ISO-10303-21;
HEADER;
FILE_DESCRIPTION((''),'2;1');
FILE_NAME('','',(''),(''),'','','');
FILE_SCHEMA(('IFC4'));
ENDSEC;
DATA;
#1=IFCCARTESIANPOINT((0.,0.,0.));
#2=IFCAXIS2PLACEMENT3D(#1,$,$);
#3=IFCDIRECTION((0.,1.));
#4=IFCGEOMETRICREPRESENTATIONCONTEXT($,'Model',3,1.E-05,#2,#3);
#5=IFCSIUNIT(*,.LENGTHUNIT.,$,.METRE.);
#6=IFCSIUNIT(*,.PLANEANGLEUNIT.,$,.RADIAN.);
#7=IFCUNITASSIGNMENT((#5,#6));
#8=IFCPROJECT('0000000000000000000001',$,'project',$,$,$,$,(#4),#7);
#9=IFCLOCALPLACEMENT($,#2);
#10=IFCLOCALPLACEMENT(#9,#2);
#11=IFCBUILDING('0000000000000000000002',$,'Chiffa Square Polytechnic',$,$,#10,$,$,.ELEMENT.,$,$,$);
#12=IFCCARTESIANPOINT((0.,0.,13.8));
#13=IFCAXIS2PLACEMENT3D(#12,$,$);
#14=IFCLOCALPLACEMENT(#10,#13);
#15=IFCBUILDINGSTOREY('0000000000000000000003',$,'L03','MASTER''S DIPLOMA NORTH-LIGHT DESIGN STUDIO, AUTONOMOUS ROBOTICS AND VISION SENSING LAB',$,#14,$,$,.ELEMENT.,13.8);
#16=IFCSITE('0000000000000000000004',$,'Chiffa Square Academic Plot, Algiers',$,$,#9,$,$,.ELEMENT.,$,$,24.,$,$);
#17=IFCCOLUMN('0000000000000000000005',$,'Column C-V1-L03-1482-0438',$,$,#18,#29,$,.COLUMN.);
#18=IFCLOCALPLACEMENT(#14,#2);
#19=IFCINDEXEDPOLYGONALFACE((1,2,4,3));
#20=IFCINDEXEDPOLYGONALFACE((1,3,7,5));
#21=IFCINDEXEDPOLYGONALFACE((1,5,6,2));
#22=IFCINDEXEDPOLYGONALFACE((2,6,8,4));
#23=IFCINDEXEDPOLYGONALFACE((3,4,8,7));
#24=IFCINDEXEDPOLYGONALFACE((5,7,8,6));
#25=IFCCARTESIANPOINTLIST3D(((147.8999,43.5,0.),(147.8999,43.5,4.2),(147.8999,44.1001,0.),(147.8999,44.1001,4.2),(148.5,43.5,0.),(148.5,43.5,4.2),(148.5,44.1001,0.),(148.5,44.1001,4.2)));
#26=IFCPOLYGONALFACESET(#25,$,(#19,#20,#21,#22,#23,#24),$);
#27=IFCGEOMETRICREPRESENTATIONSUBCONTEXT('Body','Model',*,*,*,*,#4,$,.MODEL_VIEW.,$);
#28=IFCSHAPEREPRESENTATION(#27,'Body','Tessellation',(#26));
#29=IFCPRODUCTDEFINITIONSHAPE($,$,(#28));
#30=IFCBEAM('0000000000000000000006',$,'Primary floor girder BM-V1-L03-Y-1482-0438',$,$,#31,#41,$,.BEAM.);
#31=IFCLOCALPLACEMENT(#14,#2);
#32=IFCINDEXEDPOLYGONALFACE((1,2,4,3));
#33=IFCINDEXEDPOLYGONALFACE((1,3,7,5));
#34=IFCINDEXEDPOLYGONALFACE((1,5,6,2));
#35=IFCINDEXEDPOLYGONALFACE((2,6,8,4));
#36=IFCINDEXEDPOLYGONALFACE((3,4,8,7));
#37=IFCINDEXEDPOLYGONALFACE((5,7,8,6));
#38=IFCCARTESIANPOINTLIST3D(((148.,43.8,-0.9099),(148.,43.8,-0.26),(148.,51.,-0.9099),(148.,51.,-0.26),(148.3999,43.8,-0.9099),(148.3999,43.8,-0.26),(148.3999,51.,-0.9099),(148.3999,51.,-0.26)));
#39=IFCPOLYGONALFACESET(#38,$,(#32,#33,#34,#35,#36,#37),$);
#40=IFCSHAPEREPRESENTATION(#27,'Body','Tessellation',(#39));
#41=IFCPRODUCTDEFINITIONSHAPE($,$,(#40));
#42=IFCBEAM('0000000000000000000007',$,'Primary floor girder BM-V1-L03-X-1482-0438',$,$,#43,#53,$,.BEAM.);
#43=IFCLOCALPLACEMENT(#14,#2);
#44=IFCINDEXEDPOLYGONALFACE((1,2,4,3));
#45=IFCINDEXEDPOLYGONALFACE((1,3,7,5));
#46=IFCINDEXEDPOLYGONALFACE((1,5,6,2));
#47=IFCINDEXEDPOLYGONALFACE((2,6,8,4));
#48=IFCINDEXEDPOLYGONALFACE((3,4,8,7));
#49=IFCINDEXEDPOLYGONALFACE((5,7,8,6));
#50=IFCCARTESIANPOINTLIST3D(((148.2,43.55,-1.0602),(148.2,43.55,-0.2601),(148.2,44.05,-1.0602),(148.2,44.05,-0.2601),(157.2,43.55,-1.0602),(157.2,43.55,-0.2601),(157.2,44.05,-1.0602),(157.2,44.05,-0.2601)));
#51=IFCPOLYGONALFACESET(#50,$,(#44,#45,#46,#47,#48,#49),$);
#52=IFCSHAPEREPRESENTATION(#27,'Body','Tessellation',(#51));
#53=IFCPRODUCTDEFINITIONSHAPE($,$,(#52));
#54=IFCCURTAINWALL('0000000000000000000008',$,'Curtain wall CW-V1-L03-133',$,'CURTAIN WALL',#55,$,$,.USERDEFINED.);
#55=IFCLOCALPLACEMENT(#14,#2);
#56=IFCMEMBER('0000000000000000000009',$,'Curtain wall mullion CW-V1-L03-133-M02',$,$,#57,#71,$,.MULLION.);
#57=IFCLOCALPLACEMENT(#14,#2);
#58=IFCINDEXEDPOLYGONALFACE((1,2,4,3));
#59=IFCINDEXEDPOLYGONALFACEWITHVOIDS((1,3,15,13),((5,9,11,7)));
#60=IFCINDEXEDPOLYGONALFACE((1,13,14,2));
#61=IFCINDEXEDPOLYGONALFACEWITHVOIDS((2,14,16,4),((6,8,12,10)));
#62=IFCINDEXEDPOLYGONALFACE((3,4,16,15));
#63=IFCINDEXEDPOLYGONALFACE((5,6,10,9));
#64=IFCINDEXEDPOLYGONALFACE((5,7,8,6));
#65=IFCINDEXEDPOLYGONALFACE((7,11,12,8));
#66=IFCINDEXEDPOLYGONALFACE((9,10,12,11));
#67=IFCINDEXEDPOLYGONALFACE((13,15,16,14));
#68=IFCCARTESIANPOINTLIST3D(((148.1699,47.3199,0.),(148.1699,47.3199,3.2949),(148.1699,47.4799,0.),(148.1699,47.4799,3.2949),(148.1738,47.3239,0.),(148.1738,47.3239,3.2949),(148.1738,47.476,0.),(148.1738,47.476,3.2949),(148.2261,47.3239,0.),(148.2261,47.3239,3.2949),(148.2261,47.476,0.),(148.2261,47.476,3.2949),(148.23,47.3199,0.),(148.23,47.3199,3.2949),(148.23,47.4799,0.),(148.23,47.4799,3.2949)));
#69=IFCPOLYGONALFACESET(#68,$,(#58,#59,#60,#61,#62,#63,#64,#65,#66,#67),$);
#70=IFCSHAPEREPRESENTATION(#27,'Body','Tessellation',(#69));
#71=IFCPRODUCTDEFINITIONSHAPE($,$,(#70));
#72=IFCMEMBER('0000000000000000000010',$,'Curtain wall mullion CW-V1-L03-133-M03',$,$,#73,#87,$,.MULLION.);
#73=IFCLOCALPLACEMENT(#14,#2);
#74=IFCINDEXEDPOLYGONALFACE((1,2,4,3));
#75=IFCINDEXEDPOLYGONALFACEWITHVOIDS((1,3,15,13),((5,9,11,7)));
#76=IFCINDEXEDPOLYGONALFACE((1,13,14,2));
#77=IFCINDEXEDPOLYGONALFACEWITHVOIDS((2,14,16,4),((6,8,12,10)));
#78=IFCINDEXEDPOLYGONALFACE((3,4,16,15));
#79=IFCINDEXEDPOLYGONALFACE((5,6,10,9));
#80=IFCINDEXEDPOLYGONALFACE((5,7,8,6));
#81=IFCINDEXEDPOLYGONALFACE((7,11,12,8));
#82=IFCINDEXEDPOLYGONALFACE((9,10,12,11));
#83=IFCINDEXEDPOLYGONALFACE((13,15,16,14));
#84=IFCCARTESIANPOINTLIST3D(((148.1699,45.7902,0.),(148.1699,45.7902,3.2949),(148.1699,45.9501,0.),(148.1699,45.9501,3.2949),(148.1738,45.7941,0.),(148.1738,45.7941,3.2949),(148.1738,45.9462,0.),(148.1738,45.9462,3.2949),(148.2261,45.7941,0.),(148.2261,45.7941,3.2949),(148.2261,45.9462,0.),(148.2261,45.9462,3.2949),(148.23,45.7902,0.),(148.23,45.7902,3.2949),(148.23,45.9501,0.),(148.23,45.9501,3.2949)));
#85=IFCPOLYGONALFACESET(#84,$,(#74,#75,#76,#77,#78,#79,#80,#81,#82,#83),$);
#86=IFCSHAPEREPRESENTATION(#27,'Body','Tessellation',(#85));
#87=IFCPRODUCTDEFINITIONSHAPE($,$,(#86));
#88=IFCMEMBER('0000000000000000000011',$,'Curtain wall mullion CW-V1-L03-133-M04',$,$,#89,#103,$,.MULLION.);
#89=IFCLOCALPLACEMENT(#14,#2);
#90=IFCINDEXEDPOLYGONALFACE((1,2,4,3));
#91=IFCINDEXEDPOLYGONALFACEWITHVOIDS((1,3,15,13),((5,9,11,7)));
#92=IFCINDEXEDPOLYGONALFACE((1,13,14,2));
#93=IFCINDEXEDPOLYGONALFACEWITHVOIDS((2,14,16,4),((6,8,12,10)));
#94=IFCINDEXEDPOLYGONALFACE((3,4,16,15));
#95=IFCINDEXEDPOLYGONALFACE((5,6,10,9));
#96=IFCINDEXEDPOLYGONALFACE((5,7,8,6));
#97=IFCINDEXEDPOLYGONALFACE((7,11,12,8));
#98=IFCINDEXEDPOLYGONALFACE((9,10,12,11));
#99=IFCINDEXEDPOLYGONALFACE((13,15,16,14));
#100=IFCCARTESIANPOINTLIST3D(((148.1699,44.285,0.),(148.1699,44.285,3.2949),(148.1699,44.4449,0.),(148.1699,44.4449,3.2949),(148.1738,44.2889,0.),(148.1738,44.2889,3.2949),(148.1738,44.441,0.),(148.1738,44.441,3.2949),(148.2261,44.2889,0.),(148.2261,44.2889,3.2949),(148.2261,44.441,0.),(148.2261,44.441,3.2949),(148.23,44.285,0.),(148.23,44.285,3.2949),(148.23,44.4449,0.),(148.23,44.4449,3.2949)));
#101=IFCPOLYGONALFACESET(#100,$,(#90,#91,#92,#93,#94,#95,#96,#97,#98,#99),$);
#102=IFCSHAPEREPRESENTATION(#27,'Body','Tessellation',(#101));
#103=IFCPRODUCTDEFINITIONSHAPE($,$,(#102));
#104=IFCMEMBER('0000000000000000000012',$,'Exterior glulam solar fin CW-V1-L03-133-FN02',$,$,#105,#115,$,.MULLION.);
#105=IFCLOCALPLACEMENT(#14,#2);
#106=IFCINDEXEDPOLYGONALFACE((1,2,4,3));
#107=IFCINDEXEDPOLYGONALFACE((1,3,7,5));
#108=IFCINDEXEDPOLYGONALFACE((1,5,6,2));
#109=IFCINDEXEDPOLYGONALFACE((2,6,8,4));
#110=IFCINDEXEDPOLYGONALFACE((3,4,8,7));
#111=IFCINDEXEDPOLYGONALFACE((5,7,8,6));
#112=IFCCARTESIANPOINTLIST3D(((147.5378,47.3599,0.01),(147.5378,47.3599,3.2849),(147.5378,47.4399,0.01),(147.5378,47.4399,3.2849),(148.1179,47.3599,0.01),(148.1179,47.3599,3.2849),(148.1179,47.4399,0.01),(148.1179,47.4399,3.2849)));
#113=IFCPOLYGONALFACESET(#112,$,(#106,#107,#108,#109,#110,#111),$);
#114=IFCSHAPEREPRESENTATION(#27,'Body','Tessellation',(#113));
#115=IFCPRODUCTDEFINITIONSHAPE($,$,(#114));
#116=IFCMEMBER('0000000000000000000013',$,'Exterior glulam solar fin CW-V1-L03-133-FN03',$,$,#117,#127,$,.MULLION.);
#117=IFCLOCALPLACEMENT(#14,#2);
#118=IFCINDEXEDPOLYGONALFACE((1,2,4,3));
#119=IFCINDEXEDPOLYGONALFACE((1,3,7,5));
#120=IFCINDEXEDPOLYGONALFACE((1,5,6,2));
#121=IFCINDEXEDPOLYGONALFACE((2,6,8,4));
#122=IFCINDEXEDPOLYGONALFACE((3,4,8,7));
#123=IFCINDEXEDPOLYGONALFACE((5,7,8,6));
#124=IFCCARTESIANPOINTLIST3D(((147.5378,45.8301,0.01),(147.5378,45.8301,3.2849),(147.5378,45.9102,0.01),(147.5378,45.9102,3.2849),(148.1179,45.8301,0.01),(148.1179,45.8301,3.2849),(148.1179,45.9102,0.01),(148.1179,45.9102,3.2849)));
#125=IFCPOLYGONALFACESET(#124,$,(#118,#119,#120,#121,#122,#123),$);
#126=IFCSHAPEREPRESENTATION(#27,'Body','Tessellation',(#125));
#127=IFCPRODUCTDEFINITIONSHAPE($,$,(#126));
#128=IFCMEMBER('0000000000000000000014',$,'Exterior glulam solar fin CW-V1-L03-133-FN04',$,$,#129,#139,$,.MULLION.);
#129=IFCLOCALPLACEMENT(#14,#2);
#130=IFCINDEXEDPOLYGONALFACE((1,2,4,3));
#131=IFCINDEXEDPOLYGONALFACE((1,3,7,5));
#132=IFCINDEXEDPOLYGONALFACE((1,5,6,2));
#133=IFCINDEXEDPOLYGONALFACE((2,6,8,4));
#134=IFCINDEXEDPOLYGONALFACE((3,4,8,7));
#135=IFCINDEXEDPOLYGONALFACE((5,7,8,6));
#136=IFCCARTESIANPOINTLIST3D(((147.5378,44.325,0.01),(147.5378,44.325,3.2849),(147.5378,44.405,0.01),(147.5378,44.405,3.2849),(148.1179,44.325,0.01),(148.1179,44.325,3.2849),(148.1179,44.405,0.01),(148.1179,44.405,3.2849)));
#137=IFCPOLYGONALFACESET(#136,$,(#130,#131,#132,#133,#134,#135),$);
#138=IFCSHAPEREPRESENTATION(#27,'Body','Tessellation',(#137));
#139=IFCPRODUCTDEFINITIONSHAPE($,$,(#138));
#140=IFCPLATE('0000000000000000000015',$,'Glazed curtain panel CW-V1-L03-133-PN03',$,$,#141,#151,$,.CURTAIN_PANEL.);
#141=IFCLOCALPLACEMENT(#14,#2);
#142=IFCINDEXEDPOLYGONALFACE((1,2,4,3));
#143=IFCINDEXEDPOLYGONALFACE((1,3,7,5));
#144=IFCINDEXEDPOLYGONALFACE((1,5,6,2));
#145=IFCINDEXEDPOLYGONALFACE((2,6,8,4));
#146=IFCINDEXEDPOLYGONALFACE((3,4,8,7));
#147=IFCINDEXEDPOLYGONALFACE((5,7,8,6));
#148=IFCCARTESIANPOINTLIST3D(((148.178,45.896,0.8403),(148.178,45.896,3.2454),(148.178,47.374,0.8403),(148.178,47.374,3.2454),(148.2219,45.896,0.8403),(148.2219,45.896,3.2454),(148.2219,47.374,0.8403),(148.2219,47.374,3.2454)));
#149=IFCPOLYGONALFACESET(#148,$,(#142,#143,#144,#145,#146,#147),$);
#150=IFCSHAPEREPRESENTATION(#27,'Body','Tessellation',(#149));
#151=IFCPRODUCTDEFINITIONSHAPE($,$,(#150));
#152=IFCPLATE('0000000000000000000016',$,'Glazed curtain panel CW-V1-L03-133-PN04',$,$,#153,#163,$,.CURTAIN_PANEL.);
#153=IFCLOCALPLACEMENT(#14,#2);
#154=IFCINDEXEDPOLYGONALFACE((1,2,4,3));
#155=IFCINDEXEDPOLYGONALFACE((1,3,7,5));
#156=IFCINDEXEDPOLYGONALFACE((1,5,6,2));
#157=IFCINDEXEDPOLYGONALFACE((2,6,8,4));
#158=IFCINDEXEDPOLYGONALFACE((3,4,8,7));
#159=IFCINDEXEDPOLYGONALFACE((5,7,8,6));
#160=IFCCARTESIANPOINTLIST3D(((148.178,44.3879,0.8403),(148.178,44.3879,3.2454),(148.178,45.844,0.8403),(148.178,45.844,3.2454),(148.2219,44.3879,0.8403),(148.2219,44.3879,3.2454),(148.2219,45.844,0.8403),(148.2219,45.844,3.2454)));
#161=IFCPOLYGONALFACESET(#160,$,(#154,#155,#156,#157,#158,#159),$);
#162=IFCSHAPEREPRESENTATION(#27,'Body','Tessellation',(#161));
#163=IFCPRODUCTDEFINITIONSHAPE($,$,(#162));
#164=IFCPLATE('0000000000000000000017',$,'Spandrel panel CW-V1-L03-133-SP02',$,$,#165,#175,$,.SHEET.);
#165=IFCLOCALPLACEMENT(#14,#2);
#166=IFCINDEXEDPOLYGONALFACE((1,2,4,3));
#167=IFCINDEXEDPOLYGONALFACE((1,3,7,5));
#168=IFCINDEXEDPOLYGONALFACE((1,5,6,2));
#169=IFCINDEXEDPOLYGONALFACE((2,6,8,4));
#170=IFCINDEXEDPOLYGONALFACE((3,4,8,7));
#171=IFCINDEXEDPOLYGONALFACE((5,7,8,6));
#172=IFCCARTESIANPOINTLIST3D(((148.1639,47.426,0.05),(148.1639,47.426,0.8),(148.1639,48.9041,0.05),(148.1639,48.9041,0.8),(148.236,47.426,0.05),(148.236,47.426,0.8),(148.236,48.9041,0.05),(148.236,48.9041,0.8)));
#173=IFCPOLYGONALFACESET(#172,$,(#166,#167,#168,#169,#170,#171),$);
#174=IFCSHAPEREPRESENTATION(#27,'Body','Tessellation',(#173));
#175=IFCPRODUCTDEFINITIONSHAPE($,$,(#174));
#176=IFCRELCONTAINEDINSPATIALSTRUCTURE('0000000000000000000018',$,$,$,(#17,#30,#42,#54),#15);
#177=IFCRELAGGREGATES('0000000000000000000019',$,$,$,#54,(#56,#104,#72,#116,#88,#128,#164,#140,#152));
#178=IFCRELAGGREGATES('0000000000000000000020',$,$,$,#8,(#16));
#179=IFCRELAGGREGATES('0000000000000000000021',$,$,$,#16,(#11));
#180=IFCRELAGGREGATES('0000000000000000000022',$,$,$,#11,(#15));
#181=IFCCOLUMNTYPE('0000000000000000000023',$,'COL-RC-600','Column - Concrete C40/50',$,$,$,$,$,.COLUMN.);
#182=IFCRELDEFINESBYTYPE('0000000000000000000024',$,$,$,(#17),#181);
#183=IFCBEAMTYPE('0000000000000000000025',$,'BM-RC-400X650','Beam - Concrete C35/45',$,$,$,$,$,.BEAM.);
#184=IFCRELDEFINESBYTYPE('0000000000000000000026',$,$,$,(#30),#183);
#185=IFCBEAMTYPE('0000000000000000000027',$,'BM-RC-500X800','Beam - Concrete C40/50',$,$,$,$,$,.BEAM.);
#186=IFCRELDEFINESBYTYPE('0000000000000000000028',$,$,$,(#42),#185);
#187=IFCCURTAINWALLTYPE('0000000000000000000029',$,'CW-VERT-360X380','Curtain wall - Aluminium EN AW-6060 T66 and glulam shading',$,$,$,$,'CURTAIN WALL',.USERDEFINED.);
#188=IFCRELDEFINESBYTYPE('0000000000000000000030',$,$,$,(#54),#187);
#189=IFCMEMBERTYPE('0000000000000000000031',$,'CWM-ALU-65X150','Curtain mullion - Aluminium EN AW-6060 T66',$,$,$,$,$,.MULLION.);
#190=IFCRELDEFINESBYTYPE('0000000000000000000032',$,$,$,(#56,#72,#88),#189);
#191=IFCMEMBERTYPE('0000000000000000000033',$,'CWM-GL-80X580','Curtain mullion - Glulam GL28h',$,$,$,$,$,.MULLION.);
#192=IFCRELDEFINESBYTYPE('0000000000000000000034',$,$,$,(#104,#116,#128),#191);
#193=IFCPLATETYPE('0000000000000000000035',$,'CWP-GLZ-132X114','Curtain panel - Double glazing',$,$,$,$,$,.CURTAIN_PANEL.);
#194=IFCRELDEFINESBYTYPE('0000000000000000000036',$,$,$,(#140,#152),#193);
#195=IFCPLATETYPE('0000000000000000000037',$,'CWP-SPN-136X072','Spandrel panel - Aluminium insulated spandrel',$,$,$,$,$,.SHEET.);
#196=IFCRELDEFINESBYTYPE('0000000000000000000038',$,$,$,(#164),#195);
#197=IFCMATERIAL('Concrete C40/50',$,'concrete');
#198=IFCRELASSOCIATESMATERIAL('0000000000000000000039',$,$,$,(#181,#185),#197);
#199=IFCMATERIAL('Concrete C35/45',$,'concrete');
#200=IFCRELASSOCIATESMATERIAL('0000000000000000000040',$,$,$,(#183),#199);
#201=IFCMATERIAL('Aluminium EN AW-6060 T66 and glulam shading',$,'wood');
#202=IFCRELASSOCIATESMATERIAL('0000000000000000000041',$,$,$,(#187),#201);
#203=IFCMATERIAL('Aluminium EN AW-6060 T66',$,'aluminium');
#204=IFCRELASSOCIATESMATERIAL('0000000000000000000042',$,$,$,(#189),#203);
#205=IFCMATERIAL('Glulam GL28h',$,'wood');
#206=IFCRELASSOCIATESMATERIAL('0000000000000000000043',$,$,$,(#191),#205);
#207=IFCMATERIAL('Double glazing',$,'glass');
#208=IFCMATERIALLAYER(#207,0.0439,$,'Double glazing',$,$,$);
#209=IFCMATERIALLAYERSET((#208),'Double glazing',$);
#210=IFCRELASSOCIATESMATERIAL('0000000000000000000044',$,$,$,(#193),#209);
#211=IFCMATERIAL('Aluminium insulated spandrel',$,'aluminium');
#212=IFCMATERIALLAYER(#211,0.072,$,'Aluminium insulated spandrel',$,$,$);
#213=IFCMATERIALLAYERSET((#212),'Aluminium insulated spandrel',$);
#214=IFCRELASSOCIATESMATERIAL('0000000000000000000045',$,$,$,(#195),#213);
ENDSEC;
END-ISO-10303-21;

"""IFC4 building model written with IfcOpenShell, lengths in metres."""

from ifc_helpers import new_model, si_unit, direction, frame, origin, origin_2d, place, context, subcontext, project, spatial, rectangle, hollow_rectangle, extrude, material, layer, layer_set, material_profile, profile_set, type_object, element, aggregate, save


model = new_model("IFC4")

# Units and contexts
model_context = context("Model", 3, precision=1e-05, world=origin(), true_north=direction((0.0, 1.0)))
body_context = subcontext(model_context, "Body", "Model", "MODEL_VIEW")
ifc_project = project(units=[si_unit("LENGTHUNIT", "METRE"), si_unit("PLANEANGLEUNIT", "RADIAN")], contexts=[model_context])

# Site, building, storey
site_placement = place(None, origin())
site = spatial("IfcSite", under=ifc_project, at=site_placement, Name="Chiffa Square Academic Plot, Algiers", CompositionType="ELEMENT", RefElevation=24.0)
building_placement = place(site_placement, origin())
building = spatial("IfcBuilding", under=site, at=building_placement, Name="Chiffa Square Polytechnic", CompositionType="ELEMENT")
storey_placement = place(building_placement, frame((0.0, 0.0, 13.8)))
storey = spatial("IfcBuildingStorey", under=building, at=storey_placement, Name="L03", Description="MASTER'S DIPLOMA NORTH-LIGHT DESIGN STUDIO, AUTONOMOUS ROBOTICS AND VISION SENSING LAB", CompositionType="ELEMENT", Elevation=13.8)

# Column
ifc_material_1 = material(Name="Concrete C40/50", Category="concrete")
ifc_material_profile_1 = material_profile(ifc_material_1, rectangle(XDim=0.6001, YDim=0.6001, at=origin_2d()), Name="RC 600x600")
ifc_profile_set_1 = profile_set([ifc_material_profile_1], Name="Concrete C40/50")
column_type = type_object("IfcColumnType", Name="COL-RC-600", Description="Column - Concrete C40/50", PredefinedType="COLUMN", material=ifc_profile_set_1)
column_placement = place(storey_placement, frame((148.2, 43.8, 0.0), z_axis=(0.0, 0.0, 1.0), x_axis=(1.0, 0.0, 0.0)))
element("IfcColumn", 1, at=column_placement, inside=storey, type_object=column_type, Name="Column C-V1-L03-1482-0438", PredefinedType="COLUMN", context=body_context, shape_type="SweptSolid", body=[
    extrude(rectangle(XDim=0.6001, YDim=0.6001, at=origin_2d()), origin(), (0.0, 0.0, 1.0), 4.2),
])

# Beams
ifc_material_2 = material(Name="Concrete C35/45", Category="concrete")
ifc_material_profile_2 = material_profile(ifc_material_2, rectangle(XDim=0.3999, YDim=0.6499, at=origin_2d()), Name="RC 400x650")
ifc_profile_set_2 = profile_set([ifc_material_profile_2], Name="Concrete C35/45")
beam_type_1 = type_object("IfcBeamType", Name="BM-RC-400X650", Description="Beam - Concrete C35/45", PredefinedType="BEAM", material=ifc_profile_set_2)
beam_1_placement = place(storey_placement, frame((148.2, 43.8, -0.585), z_axis=(0.0, 1.0, 0.0), x_axis=(-1.0, 0.0, 0.0)))
element("IfcBeam", 2, at=beam_1_placement, inside=storey, type_object=beam_type_1, Name="Primary floor girder BM-V1-L03-Y-1482-0438", PredefinedType="BEAM", context=body_context, shape_type="SweptSolid", body=[
    extrude(rectangle(XDim=0.3999, YDim=0.6499, at=origin_2d()), origin(), (0.0, 0.0, 1.0), 7.2),
])
ifc_material_profile_3 = material_profile(ifc_material_1, rectangle(XDim=0.5, YDim=0.8, at=origin_2d()), Name="RC 500x800")
ifc_profile_set_3 = profile_set([ifc_material_profile_3], Name="Concrete C40/50")
beam_type_2 = type_object("IfcBeamType", Name="BM-RC-500X800", Description="Beam - Concrete C40/50", PredefinedType="BEAM", material=ifc_profile_set_3)
beam_2_placement = place(storey_placement, frame((148.2, 43.8, -0.6602), z_axis=(1.0, 0.0, 0.0), x_axis=(0.0, 1.0, 0.0)))
element("IfcBeam", 3, at=beam_2_placement, inside=storey, type_object=beam_type_2, Name="Primary floor girder BM-V1-L03-X-1482-0438", PredefinedType="BEAM", context=body_context, shape_type="SweptSolid", body=[
    extrude(rectangle(XDim=0.5, YDim=0.8, at=origin_2d()), origin(), (0.0, 0.0, 1.0), 9.0),
])

# Curtain wall, members, plates
ifc_material_3 = material(Name="Aluminium EN AW-6060 T66 and glulam shading", Category="wood")
curtain_wall_type = type_object("IfcCurtainWallType", Name="CW-VERT-360X380", Description="Curtain wall - Aluminium EN AW-6060 T66 and glulam shading", ElementType="CURTAIN WALL", PredefinedType="USERDEFINED", material=ifc_material_3)
curtain_wall_placement = place(storey_placement, origin())
curtain_wall = element("IfcCurtainWall", 4, at=curtain_wall_placement, inside=storey, type_object=curtain_wall_type, Name="Curtain wall CW-V1-L03-133", ObjectType="CURTAIN WALL", PredefinedType="USERDEFINED")
ifc_material_4 = material(Name="Aluminium EN AW-6060 T66", Category="aluminium")
ifc_material_profile_4 = material_profile(ifc_material_4, hollow_rectangle(XDim=0.0601, YDim=0.1599, WallThickness=0.0039, at=origin_2d()), Name="ALU 60x160x4")
ifc_profile_set_4 = profile_set([ifc_material_profile_4], Name="Aluminium EN AW-6060 T66")
member_type_1 = type_object("IfcMemberType", Name="CWM-ALU-65X150", Description="Curtain mullion - Aluminium EN AW-6060 T66", PredefinedType="MULLION", material=ifc_profile_set_4)
member_1_placement = place(storey_placement, frame((148.2, 47.3999, 0.0), z_axis=(0.0, 0.0, 1.0), x_axis=(1.0, 0.0, 0.0)))
member_1 = element("IfcMember", 5, at=member_1_placement, type_object=member_type_1, Name="Curtain wall mullion CW-V1-L03-133-M02", PredefinedType="MULLION", context=body_context, shape_type="SweptSolid", body=[
    extrude(hollow_rectangle(XDim=0.0601, YDim=0.1599, WallThickness=0.0039, at=origin_2d()), origin(), (0.0, 0.0, 1.0), 3.2949),
])
member_2_placement = place(storey_placement, frame((148.2, 45.8701, 0.0), z_axis=(0.0, 0.0, 1.0), x_axis=(1.0, 0.0, 0.0)))
member_2 = element("IfcMember", 6, at=member_2_placement, type_object=member_type_1, Name="Curtain wall mullion CW-V1-L03-133-M03", PredefinedType="MULLION", context=body_context, shape_type="SweptSolid", body=[
    extrude(hollow_rectangle(XDim=0.0601, YDim=0.1599, WallThickness=0.0039, at=origin_2d()), origin(), (0.0, 0.0, 1.0), 3.2949),
])
member_3_placement = place(storey_placement, frame((148.2, 44.365, 0.0), z_axis=(0.0, 0.0, 1.0), x_axis=(1.0, 0.0, 0.0)))
member_3 = element("IfcMember", 7, at=member_3_placement, type_object=member_type_1, Name="Curtain wall mullion CW-V1-L03-133-M04", PredefinedType="MULLION", context=body_context, shape_type="SweptSolid", body=[
    extrude(hollow_rectangle(XDim=0.0601, YDim=0.1599, WallThickness=0.0039, at=origin_2d()), origin(), (0.0, 0.0, 1.0), 3.2949),
])
ifc_material_5 = material(Name="Glulam GL28h", Category="wood")
ifc_material_profile_5 = material_profile(ifc_material_5, rectangle(XDim=0.0801, YDim=0.5801, at=origin_2d()), Name="GL28h 80x580")
ifc_profile_set_5 = profile_set([ifc_material_profile_5], Name="Glulam GL28h")
member_type_2 = type_object("IfcMemberType", Name="CWM-GL-80X580", Description="Curtain mullion - Glulam GL28h", PredefinedType="MULLION", material=ifc_profile_set_5)
member_4_placement = place(storey_placement, frame((147.8279, 47.3999, 0.01), z_axis=(0.0, 0.0, 1.0), x_axis=(0.0, -1.0, 0.0)))
member_4 = element("IfcMember", 8, at=member_4_placement, type_object=member_type_2, Name="Exterior glulam solar fin CW-V1-L03-133-FN02", PredefinedType="MULLION", context=body_context, shape_type="SweptSolid", body=[
    extrude(rectangle(XDim=0.0801, YDim=0.5801, at=origin_2d()), origin(), (0.0, 0.0, 1.0), 3.2749),
])
member_5_placement = place(storey_placement, frame((147.8279, 45.8701, 0.01), z_axis=(0.0, 0.0, 1.0), x_axis=(0.0, -1.0, 0.0)))
member_5 = element("IfcMember", 9, at=member_5_placement, type_object=member_type_2, Name="Exterior glulam solar fin CW-V1-L03-133-FN03", PredefinedType="MULLION", context=body_context, shape_type="SweptSolid", body=[
    extrude(rectangle(XDim=0.0801, YDim=0.5801, at=origin_2d()), origin(), (0.0, 0.0, 1.0), 3.2749),
])
member_6_placement = place(storey_placement, frame((147.8279, 44.365, 0.01), z_axis=(0.0, 0.0, 1.0), x_axis=(0.0, -1.0, 0.0)))
member_6 = element("IfcMember", 10, at=member_6_placement, type_object=member_type_2, Name="Exterior glulam solar fin CW-V1-L03-133-FN04", PredefinedType="MULLION", context=body_context, shape_type="SweptSolid", body=[
    extrude(rectangle(XDim=0.0801, YDim=0.5801, at=origin_2d()), origin(), (0.0, 0.0, 1.0), 3.2749),
])
ifc_material_6 = material(Name="Double glazing", Category="glass")
ifc_layer_1 = layer(ifc_material_6, 0.0439, Name="Double glazing")
ifc_layer_set_1 = layer_set([ifc_layer_1], Name="Double glazing")
plate_type_1 = type_object("IfcPlateType", Name="CWP-GLZ-132X114", Description="Curtain panel - Double glazing", PredefinedType="CURTAIN_PANEL", material=ifc_layer_set_1)
plate_1_placement = place(storey_placement, frame((148.2, 46.635, 0.8403), z_axis=(0.0, 0.0, 1.0), x_axis=(0.0, -1.0, 0.0)))
plate_1 = element("IfcPlate", 11, at=plate_1_placement, type_object=plate_type_1, Name="Glazed curtain panel CW-V1-L03-133-PN03", PredefinedType="CURTAIN_PANEL", context=body_context, shape_type="SweptSolid", body=[
    extrude(rectangle(XDim=1.478, YDim=0.0439, at=origin_2d()), origin(), (0.0, 0.0, 1.0), 2.405),
])
plate_2_placement = place(storey_placement, frame((148.2, 45.116, 0.8403), z_axis=(0.0, 0.0, 1.0), x_axis=(0.0, -1.0, 0.0)))
plate_2 = element("IfcPlate", 12, at=plate_2_placement, type_object=plate_type_1, Name="Glazed curtain panel CW-V1-L03-133-PN04", PredefinedType="CURTAIN_PANEL", context=body_context, shape_type="SweptSolid", body=[
    extrude(rectangle(XDim=1.4561, YDim=0.0439, at=origin_2d()), origin(), (0.0, 0.0, 1.0), 2.405),
])
ifc_material_7 = material(Name="Aluminium insulated spandrel", Category="aluminium")
ifc_layer_2 = layer(ifc_material_7, 0.072, Name="Aluminium insulated spandrel")
ifc_layer_set_2 = layer_set([ifc_layer_2], Name="Aluminium insulated spandrel")
plate_type_2 = type_object("IfcPlateType", Name="CWP-SPN-136X072", Description="Spandrel panel - Aluminium insulated spandrel", PredefinedType="SHEET", material=ifc_layer_set_2)
plate_3_placement = place(storey_placement, frame((148.2, 48.165, 0.05), z_axis=(0.0, 0.0, 1.0), x_axis=(0.0, -1.0, 0.0)))
plate_3 = element("IfcPlate", 13, at=plate_3_placement, type_object=plate_type_2, Name="Spandrel panel CW-V1-L03-133-SP02", PredefinedType="SHEET", context=body_context, shape_type="SweptSolid", body=[
    extrude(rectangle(XDim=1.478, YDim=0.072, at=origin_2d()), origin(), (0.0, 0.0, 1.0), 0.75),
])
aggregate(curtain_wall, [member_1, member_4, member_2, member_5, member_3, member_6, plate_3, plate_1, plate_2])

save(model, "model.ifc")
